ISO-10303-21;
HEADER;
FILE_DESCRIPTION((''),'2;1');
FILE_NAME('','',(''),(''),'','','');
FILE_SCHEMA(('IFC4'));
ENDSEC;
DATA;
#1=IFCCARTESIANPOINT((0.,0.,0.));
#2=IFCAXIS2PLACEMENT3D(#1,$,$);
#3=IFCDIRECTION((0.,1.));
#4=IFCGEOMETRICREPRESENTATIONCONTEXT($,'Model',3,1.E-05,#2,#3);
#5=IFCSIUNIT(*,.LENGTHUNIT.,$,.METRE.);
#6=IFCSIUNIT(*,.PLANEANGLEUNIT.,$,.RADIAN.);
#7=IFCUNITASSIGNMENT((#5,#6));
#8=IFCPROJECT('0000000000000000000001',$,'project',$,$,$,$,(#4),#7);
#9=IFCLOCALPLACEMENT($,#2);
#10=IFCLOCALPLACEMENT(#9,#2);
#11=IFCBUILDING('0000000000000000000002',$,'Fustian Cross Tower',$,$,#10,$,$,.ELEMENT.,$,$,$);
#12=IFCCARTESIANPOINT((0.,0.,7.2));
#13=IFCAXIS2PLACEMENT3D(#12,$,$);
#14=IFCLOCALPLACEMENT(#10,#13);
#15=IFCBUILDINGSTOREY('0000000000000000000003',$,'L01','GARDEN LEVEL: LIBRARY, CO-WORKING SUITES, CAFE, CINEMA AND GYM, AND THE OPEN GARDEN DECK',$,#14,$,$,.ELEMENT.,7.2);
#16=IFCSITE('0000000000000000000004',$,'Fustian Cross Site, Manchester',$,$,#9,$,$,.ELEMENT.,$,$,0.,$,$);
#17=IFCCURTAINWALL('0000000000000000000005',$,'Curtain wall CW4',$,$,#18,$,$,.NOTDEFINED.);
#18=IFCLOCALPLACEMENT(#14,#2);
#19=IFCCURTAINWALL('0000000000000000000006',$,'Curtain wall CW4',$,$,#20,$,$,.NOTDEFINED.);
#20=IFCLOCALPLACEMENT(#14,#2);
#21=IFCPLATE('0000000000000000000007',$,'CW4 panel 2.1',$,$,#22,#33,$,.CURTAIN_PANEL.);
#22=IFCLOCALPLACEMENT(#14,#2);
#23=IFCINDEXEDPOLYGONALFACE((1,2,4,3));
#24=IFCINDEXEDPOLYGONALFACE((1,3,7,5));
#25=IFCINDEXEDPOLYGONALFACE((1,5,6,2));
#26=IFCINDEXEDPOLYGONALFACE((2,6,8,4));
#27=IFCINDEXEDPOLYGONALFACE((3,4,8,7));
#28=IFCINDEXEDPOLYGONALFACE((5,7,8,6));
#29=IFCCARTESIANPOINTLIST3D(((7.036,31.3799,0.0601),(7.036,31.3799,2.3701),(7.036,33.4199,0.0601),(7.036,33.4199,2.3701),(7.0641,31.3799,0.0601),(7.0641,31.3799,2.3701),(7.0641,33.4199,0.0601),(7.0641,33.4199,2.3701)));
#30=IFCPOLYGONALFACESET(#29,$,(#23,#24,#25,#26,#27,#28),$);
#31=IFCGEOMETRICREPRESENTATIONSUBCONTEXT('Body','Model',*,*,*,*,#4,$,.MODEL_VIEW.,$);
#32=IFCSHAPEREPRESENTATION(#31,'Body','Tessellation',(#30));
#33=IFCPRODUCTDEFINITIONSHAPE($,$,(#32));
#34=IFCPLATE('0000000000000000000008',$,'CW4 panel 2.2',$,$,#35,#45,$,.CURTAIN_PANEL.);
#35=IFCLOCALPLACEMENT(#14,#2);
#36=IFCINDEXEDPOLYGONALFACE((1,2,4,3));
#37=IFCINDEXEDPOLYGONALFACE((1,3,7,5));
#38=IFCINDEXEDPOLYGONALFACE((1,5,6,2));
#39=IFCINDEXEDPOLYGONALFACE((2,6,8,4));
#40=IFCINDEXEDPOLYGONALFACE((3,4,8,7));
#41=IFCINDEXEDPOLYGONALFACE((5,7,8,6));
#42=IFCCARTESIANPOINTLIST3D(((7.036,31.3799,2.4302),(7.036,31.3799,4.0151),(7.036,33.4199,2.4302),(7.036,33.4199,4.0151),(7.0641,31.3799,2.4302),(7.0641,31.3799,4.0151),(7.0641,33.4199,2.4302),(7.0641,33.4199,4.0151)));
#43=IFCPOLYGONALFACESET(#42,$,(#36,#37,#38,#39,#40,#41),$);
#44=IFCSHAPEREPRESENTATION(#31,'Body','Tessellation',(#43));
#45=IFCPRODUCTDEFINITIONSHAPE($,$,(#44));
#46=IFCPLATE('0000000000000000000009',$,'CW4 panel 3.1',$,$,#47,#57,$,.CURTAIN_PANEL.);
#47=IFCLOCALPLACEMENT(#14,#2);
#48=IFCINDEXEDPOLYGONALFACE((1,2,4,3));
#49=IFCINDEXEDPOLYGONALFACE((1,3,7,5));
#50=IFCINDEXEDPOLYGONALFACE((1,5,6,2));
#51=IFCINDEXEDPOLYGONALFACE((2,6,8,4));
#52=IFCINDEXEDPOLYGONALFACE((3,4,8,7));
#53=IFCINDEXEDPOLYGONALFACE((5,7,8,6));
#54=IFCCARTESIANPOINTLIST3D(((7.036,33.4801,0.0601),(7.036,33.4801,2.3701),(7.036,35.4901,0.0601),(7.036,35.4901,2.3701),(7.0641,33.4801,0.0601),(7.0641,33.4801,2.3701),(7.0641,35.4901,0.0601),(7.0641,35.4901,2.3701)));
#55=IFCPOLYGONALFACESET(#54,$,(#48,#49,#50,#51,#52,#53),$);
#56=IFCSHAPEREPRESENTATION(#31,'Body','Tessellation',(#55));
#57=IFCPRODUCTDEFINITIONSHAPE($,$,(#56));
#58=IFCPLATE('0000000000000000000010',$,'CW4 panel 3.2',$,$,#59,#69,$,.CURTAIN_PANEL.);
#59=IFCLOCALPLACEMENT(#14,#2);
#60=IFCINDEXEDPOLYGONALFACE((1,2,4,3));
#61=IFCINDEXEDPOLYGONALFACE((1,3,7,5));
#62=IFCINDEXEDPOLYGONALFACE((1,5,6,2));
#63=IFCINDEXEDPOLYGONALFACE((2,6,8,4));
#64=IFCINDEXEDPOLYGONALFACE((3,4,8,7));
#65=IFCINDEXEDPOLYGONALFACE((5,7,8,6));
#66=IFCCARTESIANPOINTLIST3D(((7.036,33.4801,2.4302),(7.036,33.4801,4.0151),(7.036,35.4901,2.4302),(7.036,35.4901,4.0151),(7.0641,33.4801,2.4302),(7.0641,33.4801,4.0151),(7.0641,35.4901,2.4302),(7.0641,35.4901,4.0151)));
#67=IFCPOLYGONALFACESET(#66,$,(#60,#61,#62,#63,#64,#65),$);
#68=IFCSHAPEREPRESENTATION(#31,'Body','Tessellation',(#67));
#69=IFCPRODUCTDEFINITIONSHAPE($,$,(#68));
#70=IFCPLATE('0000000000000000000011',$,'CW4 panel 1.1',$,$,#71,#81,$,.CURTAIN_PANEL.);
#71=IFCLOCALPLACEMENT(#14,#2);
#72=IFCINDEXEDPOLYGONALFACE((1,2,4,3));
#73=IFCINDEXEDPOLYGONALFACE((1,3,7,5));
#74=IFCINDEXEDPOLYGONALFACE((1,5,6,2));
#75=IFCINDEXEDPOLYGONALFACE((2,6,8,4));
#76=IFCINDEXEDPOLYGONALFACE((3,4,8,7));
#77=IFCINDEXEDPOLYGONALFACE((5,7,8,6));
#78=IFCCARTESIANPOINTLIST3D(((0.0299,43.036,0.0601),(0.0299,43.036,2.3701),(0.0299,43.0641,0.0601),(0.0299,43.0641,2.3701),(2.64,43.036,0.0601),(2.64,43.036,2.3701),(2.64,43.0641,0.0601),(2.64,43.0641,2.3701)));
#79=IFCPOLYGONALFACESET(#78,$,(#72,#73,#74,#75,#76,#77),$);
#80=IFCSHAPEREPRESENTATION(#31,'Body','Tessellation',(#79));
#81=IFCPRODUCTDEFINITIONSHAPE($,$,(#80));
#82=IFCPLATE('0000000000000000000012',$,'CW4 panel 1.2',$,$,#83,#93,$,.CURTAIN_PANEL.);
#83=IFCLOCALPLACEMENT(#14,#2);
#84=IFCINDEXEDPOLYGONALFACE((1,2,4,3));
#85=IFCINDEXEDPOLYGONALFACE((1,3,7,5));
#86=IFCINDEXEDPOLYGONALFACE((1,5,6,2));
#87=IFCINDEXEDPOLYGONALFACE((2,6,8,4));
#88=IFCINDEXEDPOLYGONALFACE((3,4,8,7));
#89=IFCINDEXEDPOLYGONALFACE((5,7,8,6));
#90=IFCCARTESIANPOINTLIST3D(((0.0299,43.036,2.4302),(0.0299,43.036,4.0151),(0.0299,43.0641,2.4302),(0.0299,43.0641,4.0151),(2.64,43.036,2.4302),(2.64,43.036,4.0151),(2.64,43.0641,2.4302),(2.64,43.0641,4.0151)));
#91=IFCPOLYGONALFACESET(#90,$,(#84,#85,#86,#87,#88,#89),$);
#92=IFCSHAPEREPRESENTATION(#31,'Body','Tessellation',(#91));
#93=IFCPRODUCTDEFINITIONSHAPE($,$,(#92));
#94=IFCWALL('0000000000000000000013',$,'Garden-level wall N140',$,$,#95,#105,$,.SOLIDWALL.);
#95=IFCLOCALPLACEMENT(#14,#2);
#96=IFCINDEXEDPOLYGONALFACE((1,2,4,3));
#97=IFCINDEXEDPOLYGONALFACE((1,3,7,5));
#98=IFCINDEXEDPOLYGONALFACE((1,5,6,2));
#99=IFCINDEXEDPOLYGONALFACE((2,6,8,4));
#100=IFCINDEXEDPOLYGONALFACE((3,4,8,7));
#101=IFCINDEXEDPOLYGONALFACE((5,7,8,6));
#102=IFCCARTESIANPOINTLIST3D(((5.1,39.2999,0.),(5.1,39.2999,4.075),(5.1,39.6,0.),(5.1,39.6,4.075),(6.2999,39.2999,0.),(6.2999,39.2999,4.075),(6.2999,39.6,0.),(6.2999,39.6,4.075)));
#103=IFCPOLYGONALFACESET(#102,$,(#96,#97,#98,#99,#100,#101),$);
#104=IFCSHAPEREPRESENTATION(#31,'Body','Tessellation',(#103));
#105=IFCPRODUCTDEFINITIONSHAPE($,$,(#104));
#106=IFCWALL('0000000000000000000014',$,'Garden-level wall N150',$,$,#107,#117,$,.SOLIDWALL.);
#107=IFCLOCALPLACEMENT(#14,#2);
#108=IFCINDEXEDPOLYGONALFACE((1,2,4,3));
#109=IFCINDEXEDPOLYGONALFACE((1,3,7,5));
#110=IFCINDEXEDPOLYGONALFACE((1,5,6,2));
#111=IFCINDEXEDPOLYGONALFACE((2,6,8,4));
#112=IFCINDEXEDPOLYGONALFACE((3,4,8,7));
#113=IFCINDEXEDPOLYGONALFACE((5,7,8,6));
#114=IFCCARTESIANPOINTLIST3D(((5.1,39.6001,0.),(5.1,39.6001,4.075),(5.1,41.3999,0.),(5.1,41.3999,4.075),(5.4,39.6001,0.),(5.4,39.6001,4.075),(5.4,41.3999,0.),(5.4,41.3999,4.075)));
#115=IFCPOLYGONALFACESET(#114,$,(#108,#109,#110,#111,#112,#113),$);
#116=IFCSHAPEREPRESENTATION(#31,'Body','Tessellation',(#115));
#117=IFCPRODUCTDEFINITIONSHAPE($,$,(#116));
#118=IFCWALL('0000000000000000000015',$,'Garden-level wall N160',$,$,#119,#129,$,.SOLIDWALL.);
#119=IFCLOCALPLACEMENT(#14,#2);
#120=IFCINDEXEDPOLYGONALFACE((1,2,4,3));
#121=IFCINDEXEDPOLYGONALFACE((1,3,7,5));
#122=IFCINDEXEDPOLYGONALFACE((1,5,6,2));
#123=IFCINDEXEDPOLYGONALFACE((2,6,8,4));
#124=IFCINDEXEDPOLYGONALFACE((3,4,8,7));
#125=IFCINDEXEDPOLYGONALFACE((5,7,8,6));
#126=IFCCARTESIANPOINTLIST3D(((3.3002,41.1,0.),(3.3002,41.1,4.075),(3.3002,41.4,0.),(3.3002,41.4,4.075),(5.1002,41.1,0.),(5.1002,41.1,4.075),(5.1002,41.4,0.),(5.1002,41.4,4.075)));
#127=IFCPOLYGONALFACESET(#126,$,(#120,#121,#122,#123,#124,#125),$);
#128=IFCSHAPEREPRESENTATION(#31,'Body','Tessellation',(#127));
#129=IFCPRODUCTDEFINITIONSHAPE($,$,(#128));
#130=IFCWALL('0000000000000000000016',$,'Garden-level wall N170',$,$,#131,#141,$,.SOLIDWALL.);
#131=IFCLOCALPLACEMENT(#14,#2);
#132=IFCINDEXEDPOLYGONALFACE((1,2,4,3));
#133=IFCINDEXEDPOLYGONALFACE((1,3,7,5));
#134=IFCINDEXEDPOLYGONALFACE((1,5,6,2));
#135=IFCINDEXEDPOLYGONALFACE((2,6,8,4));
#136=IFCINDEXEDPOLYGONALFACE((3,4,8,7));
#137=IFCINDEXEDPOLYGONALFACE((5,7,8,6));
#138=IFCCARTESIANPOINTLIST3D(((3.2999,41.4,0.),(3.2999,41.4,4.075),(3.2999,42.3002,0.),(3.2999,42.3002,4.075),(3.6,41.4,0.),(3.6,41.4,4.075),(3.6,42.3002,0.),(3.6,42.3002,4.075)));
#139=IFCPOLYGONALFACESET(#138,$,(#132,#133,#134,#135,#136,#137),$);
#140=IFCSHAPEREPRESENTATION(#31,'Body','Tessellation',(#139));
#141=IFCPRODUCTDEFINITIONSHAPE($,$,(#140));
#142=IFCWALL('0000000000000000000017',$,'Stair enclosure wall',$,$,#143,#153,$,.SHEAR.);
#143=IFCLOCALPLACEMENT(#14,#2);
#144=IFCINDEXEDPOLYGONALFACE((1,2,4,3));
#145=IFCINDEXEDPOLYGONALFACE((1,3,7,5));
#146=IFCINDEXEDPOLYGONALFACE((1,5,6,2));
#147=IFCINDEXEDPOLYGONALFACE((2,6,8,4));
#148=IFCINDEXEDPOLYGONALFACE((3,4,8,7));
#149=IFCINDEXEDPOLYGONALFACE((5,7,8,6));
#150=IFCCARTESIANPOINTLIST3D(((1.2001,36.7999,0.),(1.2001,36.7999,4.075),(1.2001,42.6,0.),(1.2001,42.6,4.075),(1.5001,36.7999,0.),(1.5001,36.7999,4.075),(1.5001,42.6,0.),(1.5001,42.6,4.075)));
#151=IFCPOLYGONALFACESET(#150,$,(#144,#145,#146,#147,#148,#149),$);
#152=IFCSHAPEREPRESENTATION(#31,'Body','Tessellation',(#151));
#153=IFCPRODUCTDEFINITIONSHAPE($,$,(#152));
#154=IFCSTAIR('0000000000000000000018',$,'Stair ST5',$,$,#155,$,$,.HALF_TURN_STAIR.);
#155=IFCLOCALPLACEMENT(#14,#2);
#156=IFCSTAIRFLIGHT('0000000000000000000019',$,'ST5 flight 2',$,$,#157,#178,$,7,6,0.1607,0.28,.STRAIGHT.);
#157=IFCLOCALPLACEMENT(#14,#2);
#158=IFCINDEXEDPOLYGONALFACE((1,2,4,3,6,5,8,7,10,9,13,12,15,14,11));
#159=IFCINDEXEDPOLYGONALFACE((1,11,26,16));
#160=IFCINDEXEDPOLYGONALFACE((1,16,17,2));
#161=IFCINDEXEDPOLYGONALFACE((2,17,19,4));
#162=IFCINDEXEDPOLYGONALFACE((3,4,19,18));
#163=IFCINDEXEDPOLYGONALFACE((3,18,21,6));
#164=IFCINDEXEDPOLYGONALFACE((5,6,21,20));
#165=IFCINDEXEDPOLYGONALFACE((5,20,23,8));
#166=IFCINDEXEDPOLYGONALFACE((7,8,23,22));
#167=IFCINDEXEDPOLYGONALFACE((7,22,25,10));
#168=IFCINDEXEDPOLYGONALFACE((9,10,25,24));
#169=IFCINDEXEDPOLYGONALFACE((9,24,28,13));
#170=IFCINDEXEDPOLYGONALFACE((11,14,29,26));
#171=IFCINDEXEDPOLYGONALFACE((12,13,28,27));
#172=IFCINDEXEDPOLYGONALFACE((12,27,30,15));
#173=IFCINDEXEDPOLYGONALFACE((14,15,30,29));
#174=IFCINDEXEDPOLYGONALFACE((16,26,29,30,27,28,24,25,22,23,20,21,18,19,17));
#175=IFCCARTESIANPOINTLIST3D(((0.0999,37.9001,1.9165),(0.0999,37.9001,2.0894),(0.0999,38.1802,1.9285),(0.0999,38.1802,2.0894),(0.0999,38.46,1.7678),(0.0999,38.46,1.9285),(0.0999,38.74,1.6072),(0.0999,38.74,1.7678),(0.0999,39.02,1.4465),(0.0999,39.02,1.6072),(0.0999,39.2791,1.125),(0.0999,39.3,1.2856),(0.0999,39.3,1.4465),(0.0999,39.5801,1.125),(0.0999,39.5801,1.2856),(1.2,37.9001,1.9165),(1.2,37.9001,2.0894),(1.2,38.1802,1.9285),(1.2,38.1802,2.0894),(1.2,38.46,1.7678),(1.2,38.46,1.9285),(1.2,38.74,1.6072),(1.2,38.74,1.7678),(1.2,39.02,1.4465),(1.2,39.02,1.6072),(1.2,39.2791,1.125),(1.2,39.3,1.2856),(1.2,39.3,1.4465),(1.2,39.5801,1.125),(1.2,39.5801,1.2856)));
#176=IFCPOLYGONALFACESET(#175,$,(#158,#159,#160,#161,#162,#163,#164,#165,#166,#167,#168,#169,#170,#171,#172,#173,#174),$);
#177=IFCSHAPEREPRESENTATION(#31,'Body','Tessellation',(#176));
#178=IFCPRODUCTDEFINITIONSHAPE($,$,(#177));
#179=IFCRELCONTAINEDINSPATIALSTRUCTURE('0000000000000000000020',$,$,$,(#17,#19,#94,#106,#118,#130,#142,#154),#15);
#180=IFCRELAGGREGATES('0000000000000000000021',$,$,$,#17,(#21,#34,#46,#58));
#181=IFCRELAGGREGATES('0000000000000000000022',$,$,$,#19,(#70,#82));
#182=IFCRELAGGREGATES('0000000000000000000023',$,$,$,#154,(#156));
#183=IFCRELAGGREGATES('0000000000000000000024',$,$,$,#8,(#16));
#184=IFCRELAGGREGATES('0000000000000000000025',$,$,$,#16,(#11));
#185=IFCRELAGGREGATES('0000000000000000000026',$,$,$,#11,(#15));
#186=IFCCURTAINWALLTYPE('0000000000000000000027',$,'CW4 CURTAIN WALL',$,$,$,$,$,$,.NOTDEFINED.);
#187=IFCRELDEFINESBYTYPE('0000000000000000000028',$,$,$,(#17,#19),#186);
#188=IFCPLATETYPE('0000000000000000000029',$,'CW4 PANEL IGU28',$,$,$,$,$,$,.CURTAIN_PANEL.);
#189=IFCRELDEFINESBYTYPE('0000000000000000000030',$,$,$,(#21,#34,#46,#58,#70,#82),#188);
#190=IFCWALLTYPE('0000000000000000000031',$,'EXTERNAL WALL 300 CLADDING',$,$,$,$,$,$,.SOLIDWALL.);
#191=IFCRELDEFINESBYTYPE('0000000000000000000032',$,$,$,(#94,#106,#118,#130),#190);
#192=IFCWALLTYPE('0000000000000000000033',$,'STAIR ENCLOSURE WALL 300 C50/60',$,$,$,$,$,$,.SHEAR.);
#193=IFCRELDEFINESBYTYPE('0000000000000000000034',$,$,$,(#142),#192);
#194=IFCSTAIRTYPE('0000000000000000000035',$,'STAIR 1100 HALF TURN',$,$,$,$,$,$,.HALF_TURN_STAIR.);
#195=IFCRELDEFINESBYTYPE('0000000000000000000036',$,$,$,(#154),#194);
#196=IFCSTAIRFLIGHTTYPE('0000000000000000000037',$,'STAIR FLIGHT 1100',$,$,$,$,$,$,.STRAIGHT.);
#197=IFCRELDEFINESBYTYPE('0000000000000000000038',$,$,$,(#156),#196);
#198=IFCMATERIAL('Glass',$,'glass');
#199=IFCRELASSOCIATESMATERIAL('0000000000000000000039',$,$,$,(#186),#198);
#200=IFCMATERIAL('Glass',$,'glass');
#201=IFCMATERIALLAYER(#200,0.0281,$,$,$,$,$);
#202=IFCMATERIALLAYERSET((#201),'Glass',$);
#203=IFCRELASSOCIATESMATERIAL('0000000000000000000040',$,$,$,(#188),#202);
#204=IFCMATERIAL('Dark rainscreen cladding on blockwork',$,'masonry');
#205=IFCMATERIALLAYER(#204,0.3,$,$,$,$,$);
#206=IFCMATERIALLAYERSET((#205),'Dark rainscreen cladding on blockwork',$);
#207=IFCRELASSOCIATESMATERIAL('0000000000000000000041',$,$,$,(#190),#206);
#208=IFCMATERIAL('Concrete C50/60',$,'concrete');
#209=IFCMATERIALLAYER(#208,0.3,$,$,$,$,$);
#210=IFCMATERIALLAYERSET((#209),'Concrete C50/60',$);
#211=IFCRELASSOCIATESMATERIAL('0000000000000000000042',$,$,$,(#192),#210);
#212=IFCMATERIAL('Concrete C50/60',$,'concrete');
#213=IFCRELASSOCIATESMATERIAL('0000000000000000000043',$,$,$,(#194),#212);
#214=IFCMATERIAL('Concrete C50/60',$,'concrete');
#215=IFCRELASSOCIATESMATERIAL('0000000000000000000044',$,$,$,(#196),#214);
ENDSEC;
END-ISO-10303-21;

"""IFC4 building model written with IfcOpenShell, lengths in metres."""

from ifc_helpers import new_model, si_unit, direction, frame, frame_2d, origin, origin_2d, place, context, subcontext, project, spatial, polyline, rectangle, outline, extrude, material, layer, layer_set, type_object, element, aggregate, save


model = new_model("IFC4")

# Units and contexts
model_context = context("Model", 3, precision=1e-05, world=origin(), true_north=direction((0.0, 1.0)))
body_context = subcontext(model_context, "Body", "Model", "MODEL_VIEW")
ifc_project = project(units=[si_unit("LENGTHUNIT", "METRE"), si_unit("PLANEANGLEUNIT", "RADIAN")], contexts=[model_context])

# Site, building, storey
site_placement = place(None, origin())
site = spatial("IfcSite", under=ifc_project, at=site_placement, Name="Fustian Cross Site, Manchester", CompositionType="ELEMENT", RefElevation=0.0)
building_placement = place(site_placement, origin())
building = spatial("IfcBuilding", under=site, at=building_placement, Name="Fustian Cross Tower", CompositionType="ELEMENT")
storey_placement = place(building_placement, frame((0.0, 0.0, 7.2)))
storey = spatial("IfcBuildingStorey", under=building, at=storey_placement, Name="L01", Description="GARDEN LEVEL: LIBRARY, CO-WORKING SUITES, CAFE, CINEMA AND GYM, AND THE OPEN GARDEN DECK", CompositionType="ELEMENT", Elevation=7.2)

# Curtain wall
ifc_material_1 = material(Name="Glass", Category="glass")
curtain_wall_type = type_object("IfcCurtainWallType", Name="CW4 CURTAIN WALL", PredefinedType="NOTDEFINED", material=ifc_material_1)
curtain_wall_1_placement = place(storey_placement, origin())
curtain_wall_1 = element("IfcCurtainWall", 1, at=curtain_wall_1_placement, inside=storey, type_object=curtain_wall_type, Name="Curtain wall CW4", PredefinedType="NOTDEFINED")

# Curtain wall
curtain_wall_2_placement = place(storey_placement, origin())
curtain_wall_2 = element("IfcCurtainWall", 2, at=curtain_wall_2_placement, inside=storey, type_object=curtain_wall_type, Name="Curtain wall CW4", PredefinedType="NOTDEFINED")

# Plates
ifc_material_2 = material(Name="Glass", Category="glass")
ifc_layer_1 = layer(ifc_material_2, 0.0281)
ifc_layer_set_1 = layer_set([ifc_layer_1], Name="Glass")
plate_type = type_object("IfcPlateType", Name="CW4 PANEL IGU28", PredefinedType="CURTAIN_PANEL", material=ifc_layer_set_1)
plate_1_placement = place(storey_placement, frame((7.05, 32.3999, 0.0601), z_axis=(0.0, 0.0, 1.0), x_axis=(0.0, 1.0, 0.0)))
plate_1 = element("IfcPlate", 3, at=plate_1_placement, type_object=plate_type, Name="CW4 panel 2.1", PredefinedType="CURTAIN_PANEL", context=body_context, shape_type="SweptSolid", body=[
    extrude(rectangle(XDim=2.04, YDim=0.0281, at=origin_2d()), origin(), (0.0, 0.0, 1.0), 2.3101),
])
plate_2_placement = place(storey_placement, frame((7.05, 32.3999, 2.4302), z_axis=(0.0, 0.0, 1.0), x_axis=(0.0, 1.0, 0.0)))
plate_2 = element("IfcPlate", 4, at=plate_2_placement, type_object=plate_type, Name="CW4 panel 2.2", PredefinedType="CURTAIN_PANEL", context=body_context, shape_type="SweptSolid", body=[
    extrude(rectangle(XDim=2.04, YDim=0.0281, at=origin_2d()), origin(), (0.0, 0.0, 1.0), 1.585),
])
plate_3_placement = place(storey_placement, frame((7.05, 34.4851, 0.0601), z_axis=(0.0, 0.0, 1.0), x_axis=(0.0, 1.0, 0.0)))
plate_3 = element("IfcPlate", 5, at=plate_3_placement, type_object=plate_type, Name="CW4 panel 3.1", PredefinedType="CURTAIN_PANEL", context=body_context, shape_type="SweptSolid", body=[
    extrude(rectangle(XDim=2.01, YDim=0.0281, at=origin_2d()), origin(), (0.0, 0.0, 1.0), 2.3101),
])
plate_4_placement = place(storey_placement, frame((7.05, 34.4851, 2.4302), z_axis=(0.0, 0.0, 1.0), x_axis=(0.0, 1.0, 0.0)))
plate_4 = element("IfcPlate", 6, at=plate_4_placement, type_object=plate_type, Name="CW4 panel 3.2", PredefinedType="CURTAIN_PANEL", context=body_context, shape_type="SweptSolid", body=[
    extrude(rectangle(XDim=2.01, YDim=0.0281, at=origin_2d()), origin(), (0.0, 0.0, 1.0), 1.585),
])
aggregate(curtain_wall_1, [plate_1, plate_2, plate_3, plate_4])
plate_5_placement = place(storey_placement, frame((1.335, 43.05, 0.0601), z_axis=(0.0, 0.0, 1.0), x_axis=(-1.0, 0.0, 0.0)))
plate_5 = element("IfcPlate", 7, at=plate_5_placement, type_object=plate_type, Name="CW4 panel 1.1", PredefinedType="CURTAIN_PANEL", context=body_context, shape_type="SweptSolid", body=[
    extrude(rectangle(XDim=2.6101, YDim=0.0281, at=origin_2d()), origin(), (0.0, 0.0, 1.0), 2.3101),
])
plate_6_placement = place(storey_placement, frame((1.335, 43.05, 2.4302), z_axis=(0.0, 0.0, 1.0), x_axis=(-1.0, 0.0, 0.0)))
plate_6 = element("IfcPlate", 8, at=plate_6_placement, type_object=plate_type, Name="CW4 panel 1.2", PredefinedType="CURTAIN_PANEL", context=body_context, shape_type="SweptSolid", body=[
    extrude(rectangle(XDim=2.6101, YDim=0.0281, at=origin_2d()), origin(), (0.0, 0.0, 1.0), 1.585),
])
aggregate(curtain_wall_2, [plate_5, plate_6])

# Walls
ifc_material_3 = material(Name="Dark rainscreen cladding on blockwork", Category="masonry")
ifc_layer_2 = layer(ifc_material_3, 0.3)
ifc_layer_set_2 = layer_set([ifc_layer_2], Name="Dark rainscreen cladding on blockwork")
wall_type_1 = type_object("IfcWallType", Name="EXTERNAL WALL 300 CLADDING", PredefinedType="SOLIDWALL", material=ifc_layer_set_2)
wall_1_placement = place(storey_placement, frame((6.3, 39.45, 0.0), z_axis=(0.0, 0.0, 1.0), x_axis=(-1.0, 0.0, 0.0)))
element("IfcWall", 9, at=wall_1_placement, inside=storey, type_object=wall_type_1, Name="Garden-level wall N140", PredefinedType="SOLIDWALL", context=body_context, shape_type="SweptSolid", body=[
    extrude(rectangle(XDim=1.2, YDim=0.3, at=frame_2d((0.6001, 0.0))), origin(), (0.0, 0.0, 1.0), 4.075),
])
wall_2_placement = place(storey_placement, frame((5.25, 39.6001, 0.0), z_axis=(0.0, 0.0, 1.0), x_axis=(0.0, 1.0, 0.0)))
element("IfcWall", 10, at=wall_2_placement, inside=storey, type_object=wall_type_1, Name="Garden-level wall N150", PredefinedType="SOLIDWALL", context=body_context, shape_type="SweptSolid", body=[
    extrude(rectangle(XDim=1.7998, YDim=0.3, at=frame_2d((0.8999, 0.0))), origin(), (0.0, 0.0, 1.0), 4.075),
])
wall_3_placement = place(storey_placement, frame((5.1001, 41.25, 0.0), z_axis=(0.0, 0.0, 1.0), x_axis=(-1.0, 0.0, 0.0)))
element("IfcWall", 11, at=wall_3_placement, inside=storey, type_object=wall_type_1, Name="Garden-level wall N160", PredefinedType="SOLIDWALL", context=body_context, shape_type="SweptSolid", body=[
    extrude(rectangle(XDim=1.8, YDim=0.3, at=frame_2d((0.8999, 0.0))), origin(), (0.0, 0.0, 1.0), 4.075),
])
wall_4_placement = place(storey_placement, frame((3.45, 41.3999, 0.0), z_axis=(0.0, 0.0, 1.0), x_axis=(0.0, 1.0, 0.0)))
element("IfcWall", 12, at=wall_4_placement, inside=storey, type_object=wall_type_1, Name="Garden-level wall N170", PredefinedType="SOLIDWALL", context=body_context, shape_type="SweptSolid", body=[
    extrude(rectangle(XDim=0.9001, YDim=0.3, at=frame_2d((0.4502, 0.0))), origin(), (0.0, 0.0, 1.0), 4.075),
])
ifc_material_4 = material(Name="Concrete C50/60", Category="concrete")
ifc_layer_3 = layer(ifc_material_4, 0.3)
ifc_layer_set_3 = layer_set([ifc_layer_3], Name="Concrete C50/60")
wall_type_2 = type_object("IfcWallType", Name="STAIR ENCLOSURE WALL 300 C50/60", PredefinedType="SHEAR", material=ifc_layer_set_3)
wall_5_placement = place(storey_placement, frame((1.3501, 36.8, 0.0), z_axis=(0.0, 0.0, 1.0), x_axis=(0.0, 1.0, 0.0)))
element("IfcWall", 13, at=wall_5_placement, inside=storey, type_object=wall_type_2, Name="Stair enclosure wall", PredefinedType="SHEAR", context=body_context, shape_type="SweptSolid", body=[
    extrude(rectangle(XDim=5.8, YDim=0.3, at=frame_2d((2.8999, 0.0))), origin(), (0.0, 0.0, 1.0), 4.075),
])

# Stair, stair flight
ifc_material_5 = material(Name="Concrete C50/60", Category="concrete")
stair_type = type_object("IfcStairType", Name="STAIR 1100 HALF TURN", PredefinedType="HALF_TURN_STAIR", material=ifc_material_5)
stair_placement = place(storey_placement, origin())
stair = element("IfcStair", 14, at=stair_placement, inside=storey, type_object=stair_type, Name="Stair ST5", PredefinedType="HALF_TURN_STAIR")
ifc_material_6 = material(Name="Concrete C50/60", Category="concrete")
stair_flight_type = type_object("IfcStairFlightType", Name="STAIR FLIGHT 1100", PredefinedType="STRAIGHT", material=ifc_material_6)
stair_flight_1_placement = place(storey_placement, frame((0.6499, 39.5801, 1.125), z_axis=(0.0, 0.0, 1.0), x_axis=(0.0, -1.0, 0.0)))
stair_flight_1 = element("IfcStairFlight", 15, at=stair_flight_1_placement, type_object=stair_flight_type, Name="ST5 flight 2", NumberOfRisers=7, NumberOfTreads=6, PredefinedType="STRAIGHT", RiserHeight=0.1607, TreadLength=0.28, context=body_context, shape_type="SweptSolid", body=[
    extrude(outline(polyline([(0.0, 0.0), (0.0, 0.1606), (0.28, 0.1606), (0.28, 0.3215), (0.5601, 0.3215), (0.5601, 0.4822), (0.8401, 0.4822), (0.8401, 0.6428), (1.1201, 0.6428), (1.1201, 0.8035), (1.3999, 0.8035), (1.3999, 0.9644), (1.6799, 0.9644), (1.6799, 1.125), (1.6799, 0.7915), (0.301, 0.0), (0.0, 0.0)])), frame((0.0, 0.55, 0.0), z_axis=(0.0, -1.0, 0.0), x_axis=(1.0, 0.0, 0.0)), (0.0, 0.0, 1.0), 1.1001),
])
aggregate(stair, [stair_flight_1])

save(model, "model.ifc")
